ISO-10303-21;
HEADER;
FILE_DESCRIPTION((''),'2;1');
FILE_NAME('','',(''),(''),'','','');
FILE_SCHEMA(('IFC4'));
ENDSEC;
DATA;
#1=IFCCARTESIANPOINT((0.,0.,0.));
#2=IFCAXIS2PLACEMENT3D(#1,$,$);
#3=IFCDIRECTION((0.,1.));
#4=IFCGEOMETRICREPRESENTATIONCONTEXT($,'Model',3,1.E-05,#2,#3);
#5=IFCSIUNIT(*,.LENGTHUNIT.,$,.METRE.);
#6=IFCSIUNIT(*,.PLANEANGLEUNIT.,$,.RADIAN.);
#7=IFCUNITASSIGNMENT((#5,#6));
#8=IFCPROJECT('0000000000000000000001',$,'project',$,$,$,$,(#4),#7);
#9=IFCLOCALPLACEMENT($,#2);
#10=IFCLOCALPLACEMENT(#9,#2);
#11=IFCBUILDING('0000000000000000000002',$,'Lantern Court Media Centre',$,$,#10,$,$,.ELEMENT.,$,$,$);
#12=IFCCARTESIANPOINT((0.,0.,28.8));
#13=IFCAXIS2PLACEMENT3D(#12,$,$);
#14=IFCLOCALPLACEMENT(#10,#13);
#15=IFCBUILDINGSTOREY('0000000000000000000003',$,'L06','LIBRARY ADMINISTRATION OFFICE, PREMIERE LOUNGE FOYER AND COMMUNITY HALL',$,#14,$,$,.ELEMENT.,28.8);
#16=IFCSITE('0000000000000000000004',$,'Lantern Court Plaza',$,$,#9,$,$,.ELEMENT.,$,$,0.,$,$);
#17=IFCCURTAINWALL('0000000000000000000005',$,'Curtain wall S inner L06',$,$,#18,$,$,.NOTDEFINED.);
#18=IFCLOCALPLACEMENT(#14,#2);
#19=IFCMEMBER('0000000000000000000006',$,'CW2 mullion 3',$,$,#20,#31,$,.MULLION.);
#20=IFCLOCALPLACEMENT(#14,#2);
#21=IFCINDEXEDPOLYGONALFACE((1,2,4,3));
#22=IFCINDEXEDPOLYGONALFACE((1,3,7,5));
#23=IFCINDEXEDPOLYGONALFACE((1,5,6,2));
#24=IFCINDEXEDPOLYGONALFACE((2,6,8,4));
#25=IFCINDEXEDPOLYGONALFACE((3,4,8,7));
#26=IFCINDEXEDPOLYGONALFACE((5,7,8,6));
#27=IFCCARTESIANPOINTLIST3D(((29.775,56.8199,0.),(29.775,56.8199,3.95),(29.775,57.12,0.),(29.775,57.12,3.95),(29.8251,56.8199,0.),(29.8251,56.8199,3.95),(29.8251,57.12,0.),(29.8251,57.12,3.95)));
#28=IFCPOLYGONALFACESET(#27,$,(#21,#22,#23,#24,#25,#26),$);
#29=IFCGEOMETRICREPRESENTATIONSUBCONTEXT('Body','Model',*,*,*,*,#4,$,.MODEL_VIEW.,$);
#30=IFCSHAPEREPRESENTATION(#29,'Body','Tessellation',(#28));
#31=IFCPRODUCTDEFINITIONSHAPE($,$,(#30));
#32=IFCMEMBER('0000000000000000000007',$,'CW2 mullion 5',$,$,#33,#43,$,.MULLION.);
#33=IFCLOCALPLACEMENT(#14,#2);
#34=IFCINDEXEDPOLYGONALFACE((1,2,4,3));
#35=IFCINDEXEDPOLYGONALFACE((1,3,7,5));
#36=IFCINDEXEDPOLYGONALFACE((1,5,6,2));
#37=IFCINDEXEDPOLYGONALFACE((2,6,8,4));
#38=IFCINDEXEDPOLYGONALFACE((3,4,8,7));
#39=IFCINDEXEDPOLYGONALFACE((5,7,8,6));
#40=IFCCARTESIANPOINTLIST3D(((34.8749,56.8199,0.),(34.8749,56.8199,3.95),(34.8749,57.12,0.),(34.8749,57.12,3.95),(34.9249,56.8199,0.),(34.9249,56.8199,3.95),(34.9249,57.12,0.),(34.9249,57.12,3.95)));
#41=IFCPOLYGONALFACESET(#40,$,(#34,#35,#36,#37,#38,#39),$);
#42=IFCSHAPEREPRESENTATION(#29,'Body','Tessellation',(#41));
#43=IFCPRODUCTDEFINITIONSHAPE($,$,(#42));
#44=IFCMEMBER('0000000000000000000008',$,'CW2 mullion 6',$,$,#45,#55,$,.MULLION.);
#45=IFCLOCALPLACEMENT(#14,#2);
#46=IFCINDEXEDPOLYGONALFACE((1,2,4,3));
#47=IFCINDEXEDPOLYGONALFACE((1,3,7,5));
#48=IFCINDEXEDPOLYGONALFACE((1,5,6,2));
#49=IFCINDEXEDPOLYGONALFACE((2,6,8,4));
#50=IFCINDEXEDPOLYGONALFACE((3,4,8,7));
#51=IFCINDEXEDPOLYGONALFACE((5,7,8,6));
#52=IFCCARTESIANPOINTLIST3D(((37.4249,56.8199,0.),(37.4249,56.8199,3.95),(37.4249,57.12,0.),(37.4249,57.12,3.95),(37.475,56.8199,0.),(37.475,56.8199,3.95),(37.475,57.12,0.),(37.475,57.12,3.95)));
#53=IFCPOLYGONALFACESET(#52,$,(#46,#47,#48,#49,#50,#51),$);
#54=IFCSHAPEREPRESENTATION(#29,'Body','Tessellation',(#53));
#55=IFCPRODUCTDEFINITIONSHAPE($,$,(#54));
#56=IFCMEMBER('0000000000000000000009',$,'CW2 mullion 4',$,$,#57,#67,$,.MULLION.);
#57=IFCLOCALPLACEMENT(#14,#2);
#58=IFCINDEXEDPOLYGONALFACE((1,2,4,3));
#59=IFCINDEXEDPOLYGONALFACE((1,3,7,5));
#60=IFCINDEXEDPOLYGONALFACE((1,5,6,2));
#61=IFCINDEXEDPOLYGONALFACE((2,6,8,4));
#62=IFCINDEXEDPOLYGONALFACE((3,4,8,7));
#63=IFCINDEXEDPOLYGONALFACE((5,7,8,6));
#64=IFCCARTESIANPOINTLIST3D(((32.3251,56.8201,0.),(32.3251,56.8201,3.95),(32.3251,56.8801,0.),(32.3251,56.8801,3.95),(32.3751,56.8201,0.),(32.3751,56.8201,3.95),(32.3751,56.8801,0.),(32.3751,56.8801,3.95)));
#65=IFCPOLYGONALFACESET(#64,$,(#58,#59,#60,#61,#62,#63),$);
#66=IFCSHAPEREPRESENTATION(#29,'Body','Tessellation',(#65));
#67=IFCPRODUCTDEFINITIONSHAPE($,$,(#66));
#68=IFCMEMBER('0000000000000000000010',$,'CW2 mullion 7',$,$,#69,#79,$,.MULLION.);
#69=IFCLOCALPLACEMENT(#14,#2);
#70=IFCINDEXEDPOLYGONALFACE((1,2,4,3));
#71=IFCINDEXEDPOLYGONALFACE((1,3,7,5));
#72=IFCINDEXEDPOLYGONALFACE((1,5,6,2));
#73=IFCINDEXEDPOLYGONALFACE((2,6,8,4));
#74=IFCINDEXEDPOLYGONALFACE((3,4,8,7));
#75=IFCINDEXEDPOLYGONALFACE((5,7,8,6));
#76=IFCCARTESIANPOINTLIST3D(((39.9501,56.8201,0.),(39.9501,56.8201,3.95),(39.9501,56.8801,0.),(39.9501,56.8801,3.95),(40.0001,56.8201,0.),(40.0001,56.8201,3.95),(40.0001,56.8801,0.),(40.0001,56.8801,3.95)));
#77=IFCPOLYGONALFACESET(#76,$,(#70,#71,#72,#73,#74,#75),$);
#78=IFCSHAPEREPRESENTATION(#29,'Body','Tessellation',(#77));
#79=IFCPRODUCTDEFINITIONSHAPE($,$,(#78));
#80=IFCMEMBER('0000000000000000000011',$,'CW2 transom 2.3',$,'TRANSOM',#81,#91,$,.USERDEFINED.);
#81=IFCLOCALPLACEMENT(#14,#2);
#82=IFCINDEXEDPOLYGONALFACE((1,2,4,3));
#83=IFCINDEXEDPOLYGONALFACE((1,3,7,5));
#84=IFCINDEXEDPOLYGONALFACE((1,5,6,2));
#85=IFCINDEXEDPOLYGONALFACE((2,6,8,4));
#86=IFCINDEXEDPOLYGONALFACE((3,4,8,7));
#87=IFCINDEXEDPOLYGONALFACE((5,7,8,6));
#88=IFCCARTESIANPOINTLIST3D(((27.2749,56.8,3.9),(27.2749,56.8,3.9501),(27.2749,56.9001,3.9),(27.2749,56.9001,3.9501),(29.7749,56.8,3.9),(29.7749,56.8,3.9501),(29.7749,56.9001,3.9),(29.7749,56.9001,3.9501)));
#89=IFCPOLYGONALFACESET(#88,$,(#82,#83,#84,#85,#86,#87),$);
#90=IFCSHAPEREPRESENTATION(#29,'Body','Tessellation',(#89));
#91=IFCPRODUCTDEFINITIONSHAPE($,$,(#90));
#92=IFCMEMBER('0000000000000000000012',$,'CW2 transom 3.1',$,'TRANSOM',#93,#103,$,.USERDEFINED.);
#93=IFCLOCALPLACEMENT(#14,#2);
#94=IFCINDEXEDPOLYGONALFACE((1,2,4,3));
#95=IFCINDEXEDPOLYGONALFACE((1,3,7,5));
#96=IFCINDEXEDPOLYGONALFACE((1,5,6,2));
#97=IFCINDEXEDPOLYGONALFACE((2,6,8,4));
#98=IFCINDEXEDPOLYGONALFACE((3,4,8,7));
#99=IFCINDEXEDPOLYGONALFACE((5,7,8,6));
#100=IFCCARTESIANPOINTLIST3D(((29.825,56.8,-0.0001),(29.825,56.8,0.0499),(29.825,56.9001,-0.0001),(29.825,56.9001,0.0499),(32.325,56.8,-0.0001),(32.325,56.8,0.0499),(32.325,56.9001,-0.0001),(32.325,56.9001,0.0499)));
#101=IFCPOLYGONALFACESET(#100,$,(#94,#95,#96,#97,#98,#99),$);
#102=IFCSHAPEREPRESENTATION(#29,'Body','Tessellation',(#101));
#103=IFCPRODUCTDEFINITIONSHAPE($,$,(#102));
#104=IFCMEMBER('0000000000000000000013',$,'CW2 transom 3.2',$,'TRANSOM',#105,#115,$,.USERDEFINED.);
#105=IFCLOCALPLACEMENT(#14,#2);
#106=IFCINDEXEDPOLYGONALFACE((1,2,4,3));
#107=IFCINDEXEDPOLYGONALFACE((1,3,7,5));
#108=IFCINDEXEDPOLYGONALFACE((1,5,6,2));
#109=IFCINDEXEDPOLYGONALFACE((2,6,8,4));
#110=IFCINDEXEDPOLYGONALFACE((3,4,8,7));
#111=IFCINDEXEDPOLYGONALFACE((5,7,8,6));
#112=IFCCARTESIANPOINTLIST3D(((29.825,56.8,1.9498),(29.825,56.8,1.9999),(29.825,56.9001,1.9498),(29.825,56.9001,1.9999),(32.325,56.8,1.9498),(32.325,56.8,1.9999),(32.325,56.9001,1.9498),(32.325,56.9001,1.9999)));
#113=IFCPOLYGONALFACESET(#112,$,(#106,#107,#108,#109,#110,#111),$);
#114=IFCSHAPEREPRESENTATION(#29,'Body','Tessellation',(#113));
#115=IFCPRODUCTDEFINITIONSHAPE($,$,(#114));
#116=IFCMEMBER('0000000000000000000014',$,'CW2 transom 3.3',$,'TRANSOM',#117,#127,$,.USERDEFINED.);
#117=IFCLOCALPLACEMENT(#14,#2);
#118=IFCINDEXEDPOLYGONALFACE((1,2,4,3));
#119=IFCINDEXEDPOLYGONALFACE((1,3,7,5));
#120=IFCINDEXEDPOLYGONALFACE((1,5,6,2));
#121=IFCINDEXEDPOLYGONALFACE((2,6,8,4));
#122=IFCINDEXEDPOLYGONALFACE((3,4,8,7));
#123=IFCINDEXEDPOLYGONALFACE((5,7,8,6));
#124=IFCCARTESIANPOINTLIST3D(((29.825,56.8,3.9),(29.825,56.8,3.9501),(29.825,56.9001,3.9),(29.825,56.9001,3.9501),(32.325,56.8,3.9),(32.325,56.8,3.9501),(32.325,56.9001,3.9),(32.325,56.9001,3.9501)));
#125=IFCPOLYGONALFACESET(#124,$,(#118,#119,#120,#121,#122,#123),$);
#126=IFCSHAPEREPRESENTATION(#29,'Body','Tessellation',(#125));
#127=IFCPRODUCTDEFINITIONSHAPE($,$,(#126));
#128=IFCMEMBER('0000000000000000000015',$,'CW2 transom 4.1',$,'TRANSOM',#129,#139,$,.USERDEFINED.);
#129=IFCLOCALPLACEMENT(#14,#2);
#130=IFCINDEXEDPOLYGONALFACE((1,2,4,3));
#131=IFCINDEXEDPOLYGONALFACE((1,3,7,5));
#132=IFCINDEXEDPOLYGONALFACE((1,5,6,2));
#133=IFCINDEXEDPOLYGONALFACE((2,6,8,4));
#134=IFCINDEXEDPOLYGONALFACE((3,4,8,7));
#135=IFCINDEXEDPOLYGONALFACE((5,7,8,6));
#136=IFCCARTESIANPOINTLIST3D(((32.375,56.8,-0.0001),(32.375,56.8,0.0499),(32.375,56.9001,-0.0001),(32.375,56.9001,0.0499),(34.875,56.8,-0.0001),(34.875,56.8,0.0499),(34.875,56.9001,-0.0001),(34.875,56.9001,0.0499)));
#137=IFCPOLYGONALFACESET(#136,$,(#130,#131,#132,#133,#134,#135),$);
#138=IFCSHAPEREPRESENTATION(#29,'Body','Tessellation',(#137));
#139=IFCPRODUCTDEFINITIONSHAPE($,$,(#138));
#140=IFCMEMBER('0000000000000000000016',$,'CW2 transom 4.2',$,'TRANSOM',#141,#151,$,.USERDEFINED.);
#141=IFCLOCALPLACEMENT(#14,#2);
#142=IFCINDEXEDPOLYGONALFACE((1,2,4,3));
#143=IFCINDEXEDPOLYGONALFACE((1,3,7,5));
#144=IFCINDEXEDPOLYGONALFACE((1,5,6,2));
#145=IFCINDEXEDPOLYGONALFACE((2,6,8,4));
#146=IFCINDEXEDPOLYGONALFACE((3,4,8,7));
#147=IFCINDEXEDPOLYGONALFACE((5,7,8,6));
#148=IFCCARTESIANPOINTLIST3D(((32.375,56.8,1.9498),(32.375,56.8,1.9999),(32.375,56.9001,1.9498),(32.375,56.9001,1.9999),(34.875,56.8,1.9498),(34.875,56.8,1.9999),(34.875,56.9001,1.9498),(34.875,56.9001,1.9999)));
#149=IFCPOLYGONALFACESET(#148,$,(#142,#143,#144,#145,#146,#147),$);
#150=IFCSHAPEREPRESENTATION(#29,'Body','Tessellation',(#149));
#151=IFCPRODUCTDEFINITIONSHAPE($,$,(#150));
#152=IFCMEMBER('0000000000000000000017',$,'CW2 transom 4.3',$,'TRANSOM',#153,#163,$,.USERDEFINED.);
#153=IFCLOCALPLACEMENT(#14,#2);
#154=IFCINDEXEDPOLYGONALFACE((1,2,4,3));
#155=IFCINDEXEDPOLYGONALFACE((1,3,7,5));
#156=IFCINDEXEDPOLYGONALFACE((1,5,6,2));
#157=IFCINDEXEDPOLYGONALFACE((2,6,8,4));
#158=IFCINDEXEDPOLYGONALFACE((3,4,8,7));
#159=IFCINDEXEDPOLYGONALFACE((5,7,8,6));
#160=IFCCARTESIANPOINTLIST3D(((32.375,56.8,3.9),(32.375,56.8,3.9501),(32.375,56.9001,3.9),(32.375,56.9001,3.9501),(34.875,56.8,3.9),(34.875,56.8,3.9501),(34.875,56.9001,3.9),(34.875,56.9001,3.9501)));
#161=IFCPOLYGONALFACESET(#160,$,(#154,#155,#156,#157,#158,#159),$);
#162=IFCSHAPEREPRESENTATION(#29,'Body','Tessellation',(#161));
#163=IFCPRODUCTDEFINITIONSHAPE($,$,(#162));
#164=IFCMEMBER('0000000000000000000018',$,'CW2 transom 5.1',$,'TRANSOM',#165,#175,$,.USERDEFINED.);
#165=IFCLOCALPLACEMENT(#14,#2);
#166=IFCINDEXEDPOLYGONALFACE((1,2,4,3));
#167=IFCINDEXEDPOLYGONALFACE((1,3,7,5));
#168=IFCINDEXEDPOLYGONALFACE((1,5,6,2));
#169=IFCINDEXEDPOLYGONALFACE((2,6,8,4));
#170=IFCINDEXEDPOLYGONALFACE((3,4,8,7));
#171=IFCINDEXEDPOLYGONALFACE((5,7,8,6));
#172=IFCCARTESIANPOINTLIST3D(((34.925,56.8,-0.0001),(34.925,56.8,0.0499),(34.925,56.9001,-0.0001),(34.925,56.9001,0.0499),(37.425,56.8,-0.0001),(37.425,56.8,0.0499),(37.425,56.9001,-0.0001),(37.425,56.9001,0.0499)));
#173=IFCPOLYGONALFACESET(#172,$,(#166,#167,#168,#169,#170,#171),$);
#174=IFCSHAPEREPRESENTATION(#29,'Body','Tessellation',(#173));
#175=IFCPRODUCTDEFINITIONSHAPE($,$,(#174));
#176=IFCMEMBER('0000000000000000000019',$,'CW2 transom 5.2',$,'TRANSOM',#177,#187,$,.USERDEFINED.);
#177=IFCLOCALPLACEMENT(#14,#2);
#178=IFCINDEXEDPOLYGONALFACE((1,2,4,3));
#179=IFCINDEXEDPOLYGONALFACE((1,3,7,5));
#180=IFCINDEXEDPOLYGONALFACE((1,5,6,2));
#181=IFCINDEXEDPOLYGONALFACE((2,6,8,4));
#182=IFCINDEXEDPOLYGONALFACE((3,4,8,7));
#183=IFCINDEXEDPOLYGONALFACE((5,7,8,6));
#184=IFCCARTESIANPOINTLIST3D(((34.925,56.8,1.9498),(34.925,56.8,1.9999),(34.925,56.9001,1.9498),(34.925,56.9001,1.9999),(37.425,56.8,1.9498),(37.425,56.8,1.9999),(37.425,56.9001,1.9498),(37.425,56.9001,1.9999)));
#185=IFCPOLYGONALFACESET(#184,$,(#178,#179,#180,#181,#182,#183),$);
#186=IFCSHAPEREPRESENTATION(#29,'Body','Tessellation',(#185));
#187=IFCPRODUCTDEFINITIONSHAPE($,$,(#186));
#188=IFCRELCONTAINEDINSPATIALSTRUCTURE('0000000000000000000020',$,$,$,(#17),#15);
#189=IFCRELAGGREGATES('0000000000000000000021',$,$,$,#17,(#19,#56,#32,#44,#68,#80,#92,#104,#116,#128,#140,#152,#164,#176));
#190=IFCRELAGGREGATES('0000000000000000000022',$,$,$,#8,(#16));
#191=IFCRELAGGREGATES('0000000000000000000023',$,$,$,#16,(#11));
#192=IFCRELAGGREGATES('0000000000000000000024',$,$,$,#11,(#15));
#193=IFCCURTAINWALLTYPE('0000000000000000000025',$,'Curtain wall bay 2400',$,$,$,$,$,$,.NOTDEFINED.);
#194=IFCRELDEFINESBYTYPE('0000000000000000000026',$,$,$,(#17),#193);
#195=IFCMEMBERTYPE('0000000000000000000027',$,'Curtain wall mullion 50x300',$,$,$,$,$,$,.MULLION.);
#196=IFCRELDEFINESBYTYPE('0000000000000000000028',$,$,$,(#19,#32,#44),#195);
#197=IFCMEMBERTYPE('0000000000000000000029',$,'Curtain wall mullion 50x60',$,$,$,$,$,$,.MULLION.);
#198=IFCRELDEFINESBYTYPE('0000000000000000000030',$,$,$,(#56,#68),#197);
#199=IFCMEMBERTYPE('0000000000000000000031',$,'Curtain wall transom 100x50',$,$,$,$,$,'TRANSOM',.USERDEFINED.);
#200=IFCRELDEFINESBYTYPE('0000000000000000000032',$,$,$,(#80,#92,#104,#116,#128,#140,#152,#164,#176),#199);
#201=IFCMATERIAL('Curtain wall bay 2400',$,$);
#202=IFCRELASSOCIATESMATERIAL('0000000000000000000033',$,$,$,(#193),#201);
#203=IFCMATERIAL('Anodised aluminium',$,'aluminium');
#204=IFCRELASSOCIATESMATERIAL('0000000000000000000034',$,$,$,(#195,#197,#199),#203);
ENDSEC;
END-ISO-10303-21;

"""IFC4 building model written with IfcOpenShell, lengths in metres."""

from ifc_helpers import new_model, si_unit, direction, frame, origin, origin_2d, place, context, subcontext, project, spatial, rectangle, extrude, material, material_profile, profile_set, type_object, element, aggregate, save


model = new_model("IFC4")

# Units and contexts
model_context = context("Model", 3, precision=1e-05, world=origin(), true_north=direction((0.0, 1.0)))
body_context = subcontext(model_context, "Body", "Model", "MODEL_VIEW")
ifc_project = project(units=[si_unit("LENGTHUNIT", "METRE"), si_unit("PLANEANGLEUNIT", "RADIAN")], contexts=[model_context])

# Site, building, storey
site_placement = place(None, origin())
site = spatial("IfcSite", under=ifc_project, at=site_placement, Name="Lantern Court Plaza", CompositionType="ELEMENT", RefElevation=0.0)
building_placement = place(site_placement, origin())
building = spatial("IfcBuilding", under=site, at=building_placement, Name="Lantern Court Media Centre", CompositionType="ELEMENT")
storey_placement = place(building_placement, frame((0.0, 0.0, 28.8)))
storey = spatial("IfcBuildingStorey", under=building, at=storey_placement, Name="L06", Description="LIBRARY ADMINISTRATION OFFICE, PREMIERE LOUNGE FOYER AND COMMUNITY HALL", CompositionType="ELEMENT", Elevation=28.8)

# Curtain wall, members
ifc_material_1 = material(Name="Curtain wall bay 2400")
curtain_wall_type = type_object("IfcCurtainWallType", Name="Curtain wall bay 2400", PredefinedType="NOTDEFINED", material=ifc_material_1)
curtain_wall_placement = place(storey_placement, origin())
curtain_wall = element("IfcCurtainWall", 1, at=curtain_wall_placement, inside=storey, type_object=curtain_wall_type, Name="Curtain wall S inner L06", PredefinedType="NOTDEFINED")
ifc_material_2 = material(Name="Anodised aluminium", Category="aluminium")
ifc_material_profile_1 = material_profile(ifc_material_2, rectangle(XDim=0.3, YDim=0.05, at=origin_2d()), Name="AL 50x300")
ifc_profile_set_1 = profile_set([ifc_material_profile_1], Name="Anodised aluminium")
member_type_1 = type_object("IfcMemberType", Name="Curtain wall mullion 50x300", PredefinedType="MULLION", material=ifc_profile_set_1)
member_1_placement = place(storey_placement, frame((29.8, 56.97, 0.0), z_axis=(0.0, 0.0, 1.0), x_axis=(0.0, 1.0, 0.0)))
member_1 = element("IfcMember", 2, at=member_1_placement, type_object=member_type_1, Name="CW2 mullion 3", PredefinedType="MULLION", context=body_context, shape_type="SweptSolid", body=[
    extrude(rectangle(XDim=0.3, YDim=0.05, at=origin_2d()), origin(), (0.0, 0.0, 1.0), 3.95),
])
member_2_placement = place(storey_placement, frame((34.8999, 56.97, 0.0), z_axis=(0.0, 0.0, 1.0), x_axis=(0.0, 1.0, 0.0)))
member_2 = element("IfcMember", 3, at=member_2_placement, type_object=member_type_1, Name="CW2 mullion 5", PredefinedType="MULLION", context=body_context, shape_type="SweptSolid", body=[
    extrude(rectangle(XDim=0.3, YDim=0.05, at=origin_2d()), origin(), (0.0, 0.0, 1.0), 3.95),
])
member_3_placement = place(storey_placement, frame((37.45, 56.97, 0.0), z_axis=(0.0, 0.0, 1.0), x_axis=(0.0, 1.0, 0.0)))
member_3 = element("IfcMember", 4, at=member_3_placement, type_object=member_type_1, Name="CW2 mullion 6", PredefinedType="MULLION", context=body_context, shape_type="SweptSolid", body=[
    extrude(rectangle(XDim=0.3, YDim=0.05, at=origin_2d()), origin(), (0.0, 0.0, 1.0), 3.95),
])
ifc_material_profile_2 = material_profile(ifc_material_2, rectangle(XDim=0.0601, YDim=0.05, at=origin_2d()), Name="AL 50x60")
ifc_profile_set_2 = profile_set([ifc_material_profile_2], Name="Anodised aluminium")
member_type_2 = type_object("IfcMemberType", Name="Curtain wall mullion 50x60", PredefinedType="MULLION", material=ifc_profile_set_2)
member_4_placement = place(storey_placement, frame((32.3501, 56.8501, 0.0), z_axis=(0.0, 0.0, 1.0), x_axis=(0.0, 1.0, 0.0)))
member_4 = element("IfcMember", 5, at=member_4_placement, type_object=member_type_2, Name="CW2 mullion 4", PredefinedType="MULLION", context=body_context, shape_type="SweptSolid", body=[
    extrude(rectangle(XDim=0.0601, YDim=0.05, at=origin_2d()), origin(), (0.0, 0.0, 1.0), 3.95),
])
member_5_placement = place(storey_placement, frame((39.9751, 56.8501, 0.0), z_axis=(0.0, 0.0, 1.0), x_axis=(0.0, 1.0, 0.0)))
member_5 = element("IfcMember", 6, at=member_5_placement, type_object=member_type_2, Name="CW2 mullion 7", PredefinedType="MULLION", context=body_context, shape_type="SweptSolid", body=[
    extrude(rectangle(XDim=0.0601, YDim=0.05, at=origin_2d()), origin(), (0.0, 0.0, 1.0), 3.95),
])
ifc_material_profile_3 = material_profile(ifc_material_2, rectangle(XDim=0.1001, YDim=0.05, at=origin_2d()), Name="AL 50x100")
ifc_profile_set_3 = profile_set([ifc_material_profile_3], Name="Anodised aluminium")
member_type_3 = type_object("IfcMemberType", Name="Curtain wall transom 100x50", ElementType="TRANSOM", PredefinedType="USERDEFINED", material=ifc_profile_set_3)
member_6_placement = place(storey_placement, frame((27.2749, 56.8501, 3.925), z_axis=(1.0, 0.0, 0.0), x_axis=(0.0, 1.0, 0.0)))
member_6 = element("IfcMember", 7, at=member_6_placement, type_object=member_type_3, Name="CW2 transom 2.3", ObjectType="TRANSOM", PredefinedType="USERDEFINED", context=body_context, shape_type="SweptSolid", body=[
    extrude(rectangle(XDim=0.1001, YDim=0.05, at=origin_2d()), origin(), (0.0, 0.0, 1.0), 2.5),
])
member_7_placement = place(storey_placement, frame((29.825, 56.8501, 0.0249), z_axis=(1.0, 0.0, 0.0), x_axis=(0.0, 1.0, 0.0)))
member_7 = element("IfcMember", 8, at=member_7_placement, type_object=member_type_3, Name="CW2 transom 3.1", ObjectType="TRANSOM", PredefinedType="USERDEFINED", context=body_context, shape_type="SweptSolid", body=[
    extrude(rectangle(XDim=0.1001, YDim=0.05, at=origin_2d()), origin(), (0.0, 0.0, 1.0), 2.5),
])
member_8_placement = place(storey_placement, frame((29.825, 56.8501, 1.9749), z_axis=(1.0, 0.0, 0.0), x_axis=(0.0, 1.0, 0.0)))
member_8 = element("IfcMember", 9, at=member_8_placement, type_object=member_type_3, Name="CW2 transom 3.2", ObjectType="TRANSOM", PredefinedType="USERDEFINED", context=body_context, shape_type="SweptSolid", body=[
    extrude(rectangle(XDim=0.1001, YDim=0.05, at=origin_2d()), origin(), (0.0, 0.0, 1.0), 2.5),
])
member_9_placement = place(storey_placement, frame((29.825, 56.8501, 3.925), z_axis=(1.0, 0.0, 0.0), x_axis=(0.0, 1.0, 0.0)))
member_9 = element("IfcMember", 10, at=member_9_placement, type_object=member_type_3, Name="CW2 transom 3.3", ObjectType="TRANSOM", PredefinedType="USERDEFINED", context=body_context, shape_type="SweptSolid", body=[
    extrude(rectangle(XDim=0.1001, YDim=0.05, at=origin_2d()), origin(), (0.0, 0.0, 1.0), 2.5),
])
member_10_placement = place(storey_placement, frame((32.375, 56.8501, 0.0249), z_axis=(1.0, 0.0, 0.0), x_axis=(0.0, 1.0, 0.0)))
member_10 = element("IfcMember", 11, at=member_10_placement, type_object=member_type_3, Name="CW2 transom 4.1", ObjectType="TRANSOM", PredefinedType="USERDEFINED", context=body_context, shape_type="SweptSolid", body=[
    extrude(rectangle(XDim=0.1001, YDim=0.05, at=origin_2d()), origin(), (0.0, 0.0, 1.0), 2.5),
])
member_11_placement = place(storey_placement, frame((32.375, 56.8501, 1.9749), z_axis=(1.0, 0.0, 0.0), x_axis=(0.0, 1.0, 0.0)))
member_11 = element("IfcMember", 12, at=member_11_placement, type_object=member_type_3, Name="CW2 transom 4.2", ObjectType="TRANSOM", PredefinedType="USERDEFINED", context=body_context, shape_type="SweptSolid", body=[
    extrude(rectangle(XDim=0.1001, YDim=0.05, at=origin_2d()), origin(), (0.0, 0.0, 1.0), 2.5),
])
member_12_placement = place(storey_placement, frame((32.375, 56.8501, 3.925), z_axis=(1.0, 0.0, 0.0), x_axis=(0.0, 1.0, 0.0)))
member_12 = element("IfcMember", 13, at=member_12_placement, type_object=member_type_3, Name="CW2 transom 4.3", ObjectType="TRANSOM", PredefinedType="USERDEFINED", context=body_context, shape_type="SweptSolid", body=[
    extrude(rectangle(XDim=0.1001, YDim=0.05, at=origin_2d()), origin(), (0.0, 0.0, 1.0), 2.5),
])
member_13_placement = place(storey_placement, frame((34.925, 56.8501, 0.0249), z_axis=(1.0, 0.0, 0.0), x_axis=(0.0, 1.0, 0.0)))
member_13 = element("IfcMember", 14, at=member_13_placement, type_object=member_type_3, Name="CW2 transom 5.1", ObjectType="TRANSOM", PredefinedType="USERDEFINED", context=body_context, shape_type="SweptSolid", body=[
    extrude(rectangle(XDim=0.1001, YDim=0.05, at=origin_2d()), origin(), (0.0, 0.0, 1.0), 2.5),
])
member_14_placement = place(storey_placement, frame((34.925, 56.8501, 1.9749), z_axis=(1.0, 0.0, 0.0), x_axis=(0.0, 1.0, 0.0)))
member_14 = element("IfcMember", 15, at=member_14_placement, type_object=member_type_3, Name="CW2 transom 5.2", ObjectType="TRANSOM", PredefinedType="USERDEFINED", context=body_context, shape_type="SweptSolid", body=[
    extrude(rectangle(XDim=0.1001, YDim=0.05, at=origin_2d()), origin(), (0.0, 0.0, 1.0), 2.5),
])

aggregate(curtain_wall, [member_1, member_4, member_2, member_3, member_5, member_6, member_7, member_8, member_9, member_10, member_11, member_12, member_13, member_14])

save(model, "model.ifc")
